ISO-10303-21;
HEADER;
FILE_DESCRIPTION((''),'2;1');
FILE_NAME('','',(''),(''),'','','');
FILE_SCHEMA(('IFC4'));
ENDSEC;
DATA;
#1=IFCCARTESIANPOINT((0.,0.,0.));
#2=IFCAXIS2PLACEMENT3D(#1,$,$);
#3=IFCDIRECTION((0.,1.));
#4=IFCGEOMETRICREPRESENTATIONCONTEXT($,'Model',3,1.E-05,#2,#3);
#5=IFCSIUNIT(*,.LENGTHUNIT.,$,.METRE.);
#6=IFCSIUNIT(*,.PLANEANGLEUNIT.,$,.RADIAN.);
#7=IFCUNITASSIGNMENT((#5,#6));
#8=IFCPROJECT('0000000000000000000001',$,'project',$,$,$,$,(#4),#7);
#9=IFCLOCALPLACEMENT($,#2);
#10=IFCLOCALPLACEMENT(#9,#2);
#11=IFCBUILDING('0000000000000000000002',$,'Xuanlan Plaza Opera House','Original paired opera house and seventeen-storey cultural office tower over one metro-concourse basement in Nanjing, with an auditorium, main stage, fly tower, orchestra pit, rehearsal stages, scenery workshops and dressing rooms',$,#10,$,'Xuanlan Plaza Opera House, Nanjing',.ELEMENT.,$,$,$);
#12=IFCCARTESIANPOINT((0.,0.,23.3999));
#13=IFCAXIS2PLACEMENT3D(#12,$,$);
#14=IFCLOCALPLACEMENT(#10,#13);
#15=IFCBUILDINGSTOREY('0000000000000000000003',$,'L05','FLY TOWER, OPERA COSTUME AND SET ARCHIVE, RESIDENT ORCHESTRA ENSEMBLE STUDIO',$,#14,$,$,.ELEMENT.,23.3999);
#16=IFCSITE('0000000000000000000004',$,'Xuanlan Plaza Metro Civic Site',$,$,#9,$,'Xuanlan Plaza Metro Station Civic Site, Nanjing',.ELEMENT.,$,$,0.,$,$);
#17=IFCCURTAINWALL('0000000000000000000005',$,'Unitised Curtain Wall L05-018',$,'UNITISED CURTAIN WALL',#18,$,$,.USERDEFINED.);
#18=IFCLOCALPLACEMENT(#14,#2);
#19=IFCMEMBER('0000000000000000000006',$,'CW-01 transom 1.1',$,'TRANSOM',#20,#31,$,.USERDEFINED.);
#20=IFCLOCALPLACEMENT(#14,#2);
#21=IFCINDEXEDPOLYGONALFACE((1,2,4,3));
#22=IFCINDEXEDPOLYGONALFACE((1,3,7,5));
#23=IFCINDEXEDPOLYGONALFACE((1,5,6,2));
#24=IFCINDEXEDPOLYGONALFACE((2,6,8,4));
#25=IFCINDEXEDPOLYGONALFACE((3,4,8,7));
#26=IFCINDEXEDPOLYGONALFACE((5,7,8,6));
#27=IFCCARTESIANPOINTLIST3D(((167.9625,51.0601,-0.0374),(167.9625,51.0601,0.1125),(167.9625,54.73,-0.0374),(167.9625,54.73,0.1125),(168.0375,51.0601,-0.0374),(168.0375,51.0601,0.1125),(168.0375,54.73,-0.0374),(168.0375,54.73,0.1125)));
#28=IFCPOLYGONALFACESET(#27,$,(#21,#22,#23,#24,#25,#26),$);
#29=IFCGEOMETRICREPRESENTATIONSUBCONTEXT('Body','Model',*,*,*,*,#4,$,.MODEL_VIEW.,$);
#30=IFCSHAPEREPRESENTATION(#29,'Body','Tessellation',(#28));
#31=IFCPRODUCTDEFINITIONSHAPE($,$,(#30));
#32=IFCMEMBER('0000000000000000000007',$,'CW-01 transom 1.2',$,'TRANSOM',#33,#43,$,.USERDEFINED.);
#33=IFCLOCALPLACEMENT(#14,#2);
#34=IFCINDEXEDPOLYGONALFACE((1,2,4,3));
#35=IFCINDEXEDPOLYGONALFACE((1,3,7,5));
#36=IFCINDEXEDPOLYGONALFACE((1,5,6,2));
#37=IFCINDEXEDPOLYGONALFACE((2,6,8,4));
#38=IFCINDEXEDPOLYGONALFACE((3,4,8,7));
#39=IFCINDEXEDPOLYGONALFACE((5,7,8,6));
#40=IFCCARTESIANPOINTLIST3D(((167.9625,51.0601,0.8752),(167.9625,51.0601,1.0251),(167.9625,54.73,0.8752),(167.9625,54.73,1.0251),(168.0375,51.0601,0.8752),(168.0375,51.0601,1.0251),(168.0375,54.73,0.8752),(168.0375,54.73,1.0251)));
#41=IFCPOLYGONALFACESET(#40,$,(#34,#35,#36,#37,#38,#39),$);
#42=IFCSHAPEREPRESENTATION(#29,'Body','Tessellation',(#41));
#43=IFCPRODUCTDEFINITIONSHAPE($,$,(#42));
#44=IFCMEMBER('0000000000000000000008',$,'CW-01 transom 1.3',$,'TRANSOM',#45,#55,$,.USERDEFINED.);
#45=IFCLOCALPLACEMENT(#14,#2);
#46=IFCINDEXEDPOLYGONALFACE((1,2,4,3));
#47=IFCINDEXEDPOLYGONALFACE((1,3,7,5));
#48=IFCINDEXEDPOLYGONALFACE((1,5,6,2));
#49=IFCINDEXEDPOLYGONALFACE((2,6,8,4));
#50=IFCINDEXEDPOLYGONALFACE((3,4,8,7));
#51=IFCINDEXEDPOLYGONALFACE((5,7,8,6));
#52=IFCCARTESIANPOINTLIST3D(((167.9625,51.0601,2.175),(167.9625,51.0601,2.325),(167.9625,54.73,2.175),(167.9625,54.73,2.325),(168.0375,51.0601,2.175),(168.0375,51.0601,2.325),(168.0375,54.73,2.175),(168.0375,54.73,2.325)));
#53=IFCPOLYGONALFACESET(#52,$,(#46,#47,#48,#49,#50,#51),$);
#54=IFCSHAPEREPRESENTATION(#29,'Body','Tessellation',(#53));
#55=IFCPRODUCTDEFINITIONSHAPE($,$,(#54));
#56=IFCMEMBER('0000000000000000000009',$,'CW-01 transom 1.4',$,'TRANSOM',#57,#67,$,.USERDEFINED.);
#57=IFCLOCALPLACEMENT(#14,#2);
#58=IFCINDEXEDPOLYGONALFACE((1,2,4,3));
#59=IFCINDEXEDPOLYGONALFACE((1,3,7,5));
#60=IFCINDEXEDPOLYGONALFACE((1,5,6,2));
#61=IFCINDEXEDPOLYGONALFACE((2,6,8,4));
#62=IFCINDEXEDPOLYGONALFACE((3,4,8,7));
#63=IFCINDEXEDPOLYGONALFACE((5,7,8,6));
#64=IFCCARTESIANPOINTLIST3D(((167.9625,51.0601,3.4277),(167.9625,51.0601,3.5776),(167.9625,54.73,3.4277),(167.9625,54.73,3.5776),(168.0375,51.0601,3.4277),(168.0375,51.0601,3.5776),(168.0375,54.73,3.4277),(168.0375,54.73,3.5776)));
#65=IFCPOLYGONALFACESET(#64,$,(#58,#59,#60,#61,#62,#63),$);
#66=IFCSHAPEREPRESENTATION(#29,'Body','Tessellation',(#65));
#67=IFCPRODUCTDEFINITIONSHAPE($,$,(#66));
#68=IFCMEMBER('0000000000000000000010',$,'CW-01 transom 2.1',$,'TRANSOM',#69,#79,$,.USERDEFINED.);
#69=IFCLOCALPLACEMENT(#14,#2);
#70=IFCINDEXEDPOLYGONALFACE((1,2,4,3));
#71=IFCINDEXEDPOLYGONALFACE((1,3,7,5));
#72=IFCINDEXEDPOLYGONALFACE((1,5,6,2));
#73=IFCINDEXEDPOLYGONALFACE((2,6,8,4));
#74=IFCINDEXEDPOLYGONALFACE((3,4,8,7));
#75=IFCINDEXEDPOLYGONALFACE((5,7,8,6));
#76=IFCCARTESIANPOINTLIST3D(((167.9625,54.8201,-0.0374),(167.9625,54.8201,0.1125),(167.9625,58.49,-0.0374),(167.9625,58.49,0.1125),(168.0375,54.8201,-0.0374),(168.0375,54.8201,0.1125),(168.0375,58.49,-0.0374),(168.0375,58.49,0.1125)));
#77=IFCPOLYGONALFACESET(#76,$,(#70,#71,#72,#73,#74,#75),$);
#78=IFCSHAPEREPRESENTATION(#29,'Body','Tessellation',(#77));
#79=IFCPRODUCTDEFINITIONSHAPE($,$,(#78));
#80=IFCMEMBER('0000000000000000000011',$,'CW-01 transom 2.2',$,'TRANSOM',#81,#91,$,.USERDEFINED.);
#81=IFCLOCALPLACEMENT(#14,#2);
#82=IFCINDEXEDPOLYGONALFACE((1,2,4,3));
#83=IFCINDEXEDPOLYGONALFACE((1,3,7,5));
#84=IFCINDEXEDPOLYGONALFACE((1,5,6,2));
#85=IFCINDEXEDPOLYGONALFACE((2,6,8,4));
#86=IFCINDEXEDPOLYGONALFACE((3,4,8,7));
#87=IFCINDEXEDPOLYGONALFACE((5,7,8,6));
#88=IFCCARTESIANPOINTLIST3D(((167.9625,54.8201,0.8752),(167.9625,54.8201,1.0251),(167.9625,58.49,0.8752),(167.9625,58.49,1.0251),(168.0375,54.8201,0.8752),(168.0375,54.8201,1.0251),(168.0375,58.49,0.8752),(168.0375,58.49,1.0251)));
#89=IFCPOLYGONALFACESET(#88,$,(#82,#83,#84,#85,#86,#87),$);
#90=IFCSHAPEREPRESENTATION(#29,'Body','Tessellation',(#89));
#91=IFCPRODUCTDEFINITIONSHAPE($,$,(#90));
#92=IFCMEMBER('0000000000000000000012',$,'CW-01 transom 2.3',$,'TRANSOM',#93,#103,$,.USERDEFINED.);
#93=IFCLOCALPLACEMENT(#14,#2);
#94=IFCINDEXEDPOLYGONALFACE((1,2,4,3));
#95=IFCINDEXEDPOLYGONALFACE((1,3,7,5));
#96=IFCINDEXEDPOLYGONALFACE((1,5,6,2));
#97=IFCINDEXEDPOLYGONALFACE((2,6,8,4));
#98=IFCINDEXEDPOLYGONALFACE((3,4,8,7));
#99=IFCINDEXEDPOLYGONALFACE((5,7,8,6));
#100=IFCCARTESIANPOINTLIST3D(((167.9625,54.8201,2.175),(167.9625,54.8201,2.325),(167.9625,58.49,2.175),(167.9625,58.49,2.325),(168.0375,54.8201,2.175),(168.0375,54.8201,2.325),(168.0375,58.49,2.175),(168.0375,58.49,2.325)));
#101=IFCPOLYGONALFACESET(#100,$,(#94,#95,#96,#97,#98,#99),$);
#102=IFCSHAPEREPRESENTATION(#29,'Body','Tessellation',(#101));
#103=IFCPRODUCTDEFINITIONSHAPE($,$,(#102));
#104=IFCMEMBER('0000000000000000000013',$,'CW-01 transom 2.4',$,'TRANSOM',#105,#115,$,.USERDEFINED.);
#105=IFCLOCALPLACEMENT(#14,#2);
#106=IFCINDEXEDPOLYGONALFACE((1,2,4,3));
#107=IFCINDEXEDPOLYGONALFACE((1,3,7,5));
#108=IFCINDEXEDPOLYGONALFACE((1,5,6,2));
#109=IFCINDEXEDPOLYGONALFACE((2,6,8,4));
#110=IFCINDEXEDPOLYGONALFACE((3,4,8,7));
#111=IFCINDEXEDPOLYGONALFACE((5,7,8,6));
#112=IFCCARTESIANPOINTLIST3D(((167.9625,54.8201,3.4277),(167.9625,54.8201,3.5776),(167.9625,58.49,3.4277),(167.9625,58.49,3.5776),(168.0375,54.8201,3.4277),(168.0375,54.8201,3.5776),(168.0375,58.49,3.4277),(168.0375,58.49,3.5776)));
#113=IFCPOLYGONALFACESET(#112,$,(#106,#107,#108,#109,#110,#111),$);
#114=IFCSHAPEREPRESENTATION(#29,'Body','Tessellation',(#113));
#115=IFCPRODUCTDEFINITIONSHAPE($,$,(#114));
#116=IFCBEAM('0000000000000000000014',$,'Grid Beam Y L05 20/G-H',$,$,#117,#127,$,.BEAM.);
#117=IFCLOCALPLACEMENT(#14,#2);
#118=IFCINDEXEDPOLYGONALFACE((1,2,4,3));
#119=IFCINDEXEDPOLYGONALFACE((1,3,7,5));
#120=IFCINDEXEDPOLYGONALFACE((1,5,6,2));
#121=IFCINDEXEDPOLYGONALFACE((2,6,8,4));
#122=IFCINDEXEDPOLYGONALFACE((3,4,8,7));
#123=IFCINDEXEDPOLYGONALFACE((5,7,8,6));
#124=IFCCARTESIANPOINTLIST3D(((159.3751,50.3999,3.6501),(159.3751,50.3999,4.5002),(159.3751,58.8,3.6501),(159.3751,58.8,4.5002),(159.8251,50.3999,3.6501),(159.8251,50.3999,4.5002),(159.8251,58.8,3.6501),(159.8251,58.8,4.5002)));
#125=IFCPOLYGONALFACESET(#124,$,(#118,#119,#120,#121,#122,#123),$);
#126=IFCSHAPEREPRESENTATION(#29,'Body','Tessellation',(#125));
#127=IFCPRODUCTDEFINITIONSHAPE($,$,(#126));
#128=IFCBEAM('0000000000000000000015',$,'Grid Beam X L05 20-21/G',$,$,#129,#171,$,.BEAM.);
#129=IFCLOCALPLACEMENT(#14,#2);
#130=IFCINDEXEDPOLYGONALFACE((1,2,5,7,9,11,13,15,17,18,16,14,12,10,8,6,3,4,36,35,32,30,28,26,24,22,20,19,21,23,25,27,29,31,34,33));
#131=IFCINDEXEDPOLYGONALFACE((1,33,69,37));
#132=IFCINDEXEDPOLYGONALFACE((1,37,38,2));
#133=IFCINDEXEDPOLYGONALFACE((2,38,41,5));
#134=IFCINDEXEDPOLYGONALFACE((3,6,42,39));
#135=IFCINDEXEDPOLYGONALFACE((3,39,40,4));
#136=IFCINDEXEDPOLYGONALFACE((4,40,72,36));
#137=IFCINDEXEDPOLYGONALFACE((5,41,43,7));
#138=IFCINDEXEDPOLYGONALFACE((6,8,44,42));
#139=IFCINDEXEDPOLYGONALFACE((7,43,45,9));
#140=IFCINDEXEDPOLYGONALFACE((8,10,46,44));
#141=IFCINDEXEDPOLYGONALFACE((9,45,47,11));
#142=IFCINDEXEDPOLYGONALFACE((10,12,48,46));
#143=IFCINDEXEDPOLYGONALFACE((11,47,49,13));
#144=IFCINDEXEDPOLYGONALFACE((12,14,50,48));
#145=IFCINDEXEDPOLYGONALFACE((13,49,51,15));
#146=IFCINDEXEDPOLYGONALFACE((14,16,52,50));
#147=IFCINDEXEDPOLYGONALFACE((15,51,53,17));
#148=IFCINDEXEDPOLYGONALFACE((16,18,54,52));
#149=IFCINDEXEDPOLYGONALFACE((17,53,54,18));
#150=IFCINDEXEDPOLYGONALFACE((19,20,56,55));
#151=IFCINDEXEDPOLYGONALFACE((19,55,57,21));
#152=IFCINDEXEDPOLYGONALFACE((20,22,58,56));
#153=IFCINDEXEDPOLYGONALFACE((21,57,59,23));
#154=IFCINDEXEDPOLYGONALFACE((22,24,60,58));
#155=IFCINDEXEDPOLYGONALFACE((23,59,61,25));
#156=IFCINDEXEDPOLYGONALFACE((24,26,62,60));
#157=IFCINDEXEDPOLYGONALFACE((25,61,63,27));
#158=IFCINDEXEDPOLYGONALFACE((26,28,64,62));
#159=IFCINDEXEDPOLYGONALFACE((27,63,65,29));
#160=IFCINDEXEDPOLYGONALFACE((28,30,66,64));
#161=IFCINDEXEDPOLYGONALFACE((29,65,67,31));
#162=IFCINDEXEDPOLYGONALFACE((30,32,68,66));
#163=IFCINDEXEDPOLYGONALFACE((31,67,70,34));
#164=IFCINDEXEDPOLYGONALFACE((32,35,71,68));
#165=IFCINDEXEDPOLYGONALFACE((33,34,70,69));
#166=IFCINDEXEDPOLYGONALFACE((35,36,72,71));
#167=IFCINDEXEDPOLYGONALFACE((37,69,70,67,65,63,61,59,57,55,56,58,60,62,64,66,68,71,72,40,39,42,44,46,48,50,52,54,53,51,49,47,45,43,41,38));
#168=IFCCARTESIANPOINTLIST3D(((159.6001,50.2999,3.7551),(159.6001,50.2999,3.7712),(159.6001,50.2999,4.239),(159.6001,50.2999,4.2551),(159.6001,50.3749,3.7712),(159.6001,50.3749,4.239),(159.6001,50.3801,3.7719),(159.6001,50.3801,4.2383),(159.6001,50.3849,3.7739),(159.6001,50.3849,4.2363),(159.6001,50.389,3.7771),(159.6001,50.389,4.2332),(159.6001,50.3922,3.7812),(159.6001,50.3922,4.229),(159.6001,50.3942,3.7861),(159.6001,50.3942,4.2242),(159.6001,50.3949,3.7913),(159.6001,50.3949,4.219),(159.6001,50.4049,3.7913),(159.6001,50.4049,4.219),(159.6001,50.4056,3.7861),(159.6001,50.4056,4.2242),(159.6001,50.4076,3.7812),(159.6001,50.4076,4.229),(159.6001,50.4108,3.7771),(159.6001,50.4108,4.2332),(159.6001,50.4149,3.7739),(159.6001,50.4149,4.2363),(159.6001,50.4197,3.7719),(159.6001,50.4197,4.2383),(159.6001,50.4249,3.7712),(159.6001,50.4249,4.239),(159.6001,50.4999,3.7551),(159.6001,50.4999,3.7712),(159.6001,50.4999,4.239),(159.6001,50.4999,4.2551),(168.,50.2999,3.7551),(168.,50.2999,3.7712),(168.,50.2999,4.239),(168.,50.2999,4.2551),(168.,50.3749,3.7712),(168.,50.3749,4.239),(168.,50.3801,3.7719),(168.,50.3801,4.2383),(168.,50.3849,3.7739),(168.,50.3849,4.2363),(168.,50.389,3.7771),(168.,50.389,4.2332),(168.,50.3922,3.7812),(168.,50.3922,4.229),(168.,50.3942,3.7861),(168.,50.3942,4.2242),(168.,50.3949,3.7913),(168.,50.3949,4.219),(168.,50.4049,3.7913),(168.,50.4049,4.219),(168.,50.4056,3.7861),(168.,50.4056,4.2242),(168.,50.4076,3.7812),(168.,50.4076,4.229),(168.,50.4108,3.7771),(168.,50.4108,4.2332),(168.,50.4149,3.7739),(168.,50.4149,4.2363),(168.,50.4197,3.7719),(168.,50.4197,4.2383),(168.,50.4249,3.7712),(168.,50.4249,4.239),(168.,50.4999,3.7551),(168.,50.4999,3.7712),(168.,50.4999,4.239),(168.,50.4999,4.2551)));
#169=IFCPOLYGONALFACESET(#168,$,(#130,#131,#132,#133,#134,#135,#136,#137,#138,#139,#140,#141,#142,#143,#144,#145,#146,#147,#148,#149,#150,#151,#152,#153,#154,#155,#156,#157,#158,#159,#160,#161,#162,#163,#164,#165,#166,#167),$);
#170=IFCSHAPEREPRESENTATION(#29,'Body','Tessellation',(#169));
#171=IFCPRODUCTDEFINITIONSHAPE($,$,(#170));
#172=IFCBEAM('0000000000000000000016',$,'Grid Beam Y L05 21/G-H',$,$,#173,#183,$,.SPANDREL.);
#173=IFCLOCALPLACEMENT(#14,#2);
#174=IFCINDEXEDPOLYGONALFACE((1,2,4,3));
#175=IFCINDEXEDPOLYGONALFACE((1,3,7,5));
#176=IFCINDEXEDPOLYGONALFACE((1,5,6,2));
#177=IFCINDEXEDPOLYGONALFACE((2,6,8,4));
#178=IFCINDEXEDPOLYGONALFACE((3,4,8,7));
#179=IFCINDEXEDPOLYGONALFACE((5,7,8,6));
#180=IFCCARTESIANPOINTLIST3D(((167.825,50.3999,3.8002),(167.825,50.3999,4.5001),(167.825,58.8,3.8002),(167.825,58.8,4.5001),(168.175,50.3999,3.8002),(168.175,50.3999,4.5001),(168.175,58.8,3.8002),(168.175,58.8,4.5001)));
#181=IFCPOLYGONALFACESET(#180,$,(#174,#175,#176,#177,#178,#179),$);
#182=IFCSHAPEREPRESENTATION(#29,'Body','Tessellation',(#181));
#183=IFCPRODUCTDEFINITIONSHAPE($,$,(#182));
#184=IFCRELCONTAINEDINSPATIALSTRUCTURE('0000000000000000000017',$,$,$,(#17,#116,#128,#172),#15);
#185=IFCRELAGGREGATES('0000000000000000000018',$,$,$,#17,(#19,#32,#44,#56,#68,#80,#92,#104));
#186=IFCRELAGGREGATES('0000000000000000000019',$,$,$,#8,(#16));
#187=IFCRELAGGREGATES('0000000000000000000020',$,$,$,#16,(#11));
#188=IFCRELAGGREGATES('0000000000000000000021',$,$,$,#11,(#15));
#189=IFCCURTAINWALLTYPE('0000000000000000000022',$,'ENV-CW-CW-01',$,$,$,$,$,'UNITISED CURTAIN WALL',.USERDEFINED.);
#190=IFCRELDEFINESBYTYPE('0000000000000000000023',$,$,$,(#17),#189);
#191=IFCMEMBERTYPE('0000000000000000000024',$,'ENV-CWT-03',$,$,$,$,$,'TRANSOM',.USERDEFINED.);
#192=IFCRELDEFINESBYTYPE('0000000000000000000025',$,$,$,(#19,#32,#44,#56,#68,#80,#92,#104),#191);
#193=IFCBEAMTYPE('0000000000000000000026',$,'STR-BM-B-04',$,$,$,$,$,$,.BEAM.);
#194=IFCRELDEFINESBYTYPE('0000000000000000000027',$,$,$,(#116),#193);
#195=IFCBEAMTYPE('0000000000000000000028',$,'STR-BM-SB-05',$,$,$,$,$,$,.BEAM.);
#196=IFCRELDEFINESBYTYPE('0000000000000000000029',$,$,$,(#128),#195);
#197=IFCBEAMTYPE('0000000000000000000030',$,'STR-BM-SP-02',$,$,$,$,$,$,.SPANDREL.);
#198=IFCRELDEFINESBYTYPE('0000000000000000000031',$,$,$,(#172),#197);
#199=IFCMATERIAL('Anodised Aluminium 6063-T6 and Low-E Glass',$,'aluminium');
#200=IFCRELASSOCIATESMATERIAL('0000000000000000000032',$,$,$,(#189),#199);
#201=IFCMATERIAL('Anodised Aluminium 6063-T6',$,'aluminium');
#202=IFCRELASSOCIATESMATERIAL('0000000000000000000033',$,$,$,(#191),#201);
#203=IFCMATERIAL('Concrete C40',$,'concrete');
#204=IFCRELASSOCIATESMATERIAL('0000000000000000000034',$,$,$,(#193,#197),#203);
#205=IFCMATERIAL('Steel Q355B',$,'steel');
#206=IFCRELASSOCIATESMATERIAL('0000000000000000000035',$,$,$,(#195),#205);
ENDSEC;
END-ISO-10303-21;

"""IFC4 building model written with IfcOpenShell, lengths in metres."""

from ifc_helpers import new_model, si_unit, direction, frame, origin, origin_2d, place, context, subcontext, project, spatial, rectangle, i_section, extrude, material, material_profile, profile_set, type_object, element, aggregate, save


model = new_model("IFC4")

# Units and contexts
model_context = context("Model", 3, precision=1e-05, world=origin(), true_north=direction((0.0, 1.0)))
body_context = subcontext(model_context, "Body", "Model", "MODEL_VIEW")
ifc_project = project(units=[si_unit("LENGTHUNIT", "METRE"), si_unit("PLANEANGLEUNIT", "RADIAN")], contexts=[model_context])

# Site, building, storey
site_placement = place(None, origin())
site = spatial("IfcSite", under=ifc_project, at=site_placement, Name="Xuanlan Plaza Metro Civic Site", LongName="Xuanlan Plaza Metro Station Civic Site, Nanjing", CompositionType="ELEMENT", RefElevation=0.0)
building_placement = place(site_placement, origin())
building = spatial("IfcBuilding", under=site, at=building_placement, Name="Xuanlan Plaza Opera House", Description="Original paired opera house and seventeen-storey cultural office tower over one metro-concourse basement in Nanjing, with an auditorium, main stage, fly tower, orchestra pit, rehearsal stages, scenery workshops and dressing rooms", LongName="Xuanlan Plaza Opera House, Nanjing", CompositionType="ELEMENT")
storey_placement = place(building_placement, frame((0.0, 0.0, 23.3999)))
storey = spatial("IfcBuildingStorey", under=building, at=storey_placement, Name="L05", Description="FLY TOWER, OPERA COSTUME AND SET ARCHIVE, RESIDENT ORCHESTRA ENSEMBLE STUDIO", CompositionType="ELEMENT", Elevation=23.3999)

# Shared definitions
ifc_material_1 = material(Name="Steel Q355B", Category="steel")

# Curtain wall
ifc_material_2 = material(Name="Anodised Aluminium 6063-T6 and Low-E Glass", Category="aluminium")
ifc_material_3 = material(Name="Anodised Aluminium 6063-T6", Category="aluminium")
curtain_wall_type_1 = type_object("IfcCurtainWallType", Name="ENV-CW-CW-01", ElementType="UNITISED CURTAIN WALL", PredefinedType="USERDEFINED", material=ifc_material_2)
curtain_wall_1_placement = place(storey_placement, origin())
curtain_wall_1 = element("IfcCurtainWall", 1, at=curtain_wall_1_placement, inside=storey, type_object=curtain_wall_type_1, Name="Unitised Curtain Wall L05-018", ObjectType="UNITISED CURTAIN WALL", PredefinedType="USERDEFINED")

# Members
ifc_material_profile_1 = material_profile(ifc_material_3, rectangle(XDim=0.075, YDim=0.1499, at=origin_2d()), Name="ALU-T 75x150")
ifc_profile_set_1 = profile_set([ifc_material_profile_1], Name="Anodised Aluminium 6063-T6")
member_type_1 = type_object("IfcMemberType", Name="ENV-CWT-03", ElementType="TRANSOM", PredefinedType="USERDEFINED", material=ifc_profile_set_1)
member_1_placement = place(storey_placement, frame((168.0, 51.0601, 0.0376), z_axis=(0.0, 1.0, 0.0), x_axis=(-1.0, 0.0, 0.0)))
member_1 = element("IfcMember", 2, at=member_1_placement, type_object=member_type_1, Name="CW-01 transom 1.1", ObjectType="TRANSOM", PredefinedType="USERDEFINED", context=body_context, shape_type="SweptSolid", body=[
    extrude(rectangle(XDim=0.075, YDim=0.1499, at=origin_2d()), origin(), (0.0, 0.0, 1.0), 3.6699),
])
member_2_placement = place(storey_placement, frame((168.0, 51.0601, 0.9502), z_axis=(0.0, 1.0, 0.0), x_axis=(-1.0, 0.0, 0.0)))
member_2 = element("IfcMember", 3, at=member_2_placement, type_object=member_type_1, Name="CW-01 transom 1.2", ObjectType="TRANSOM", PredefinedType="USERDEFINED", context=body_context, shape_type="SweptSolid", body=[
    extrude(rectangle(XDim=0.075, YDim=0.1499, at=origin_2d()), origin(), (0.0, 0.0, 1.0), 3.6699),
])
member_3_placement = place(storey_placement, frame((168.0, 51.0601, 2.25), z_axis=(0.0, 1.0, 0.0), x_axis=(-1.0, 0.0, 0.0)))
member_3 = element("IfcMember", 4, at=member_3_placement, type_object=member_type_1, Name="CW-01 transom 1.3", ObjectType="TRANSOM", PredefinedType="USERDEFINED", context=body_context, shape_type="SweptSolid", body=[
    extrude(rectangle(XDim=0.075, YDim=0.1499, at=origin_2d()), origin(), (0.0, 0.0, 1.0), 3.6699),
])
member_4_placement = place(storey_placement, frame((168.0, 51.0601, 3.5027), z_axis=(0.0, 1.0, 0.0), x_axis=(-1.0, 0.0, 0.0)))
member_4 = element("IfcMember", 5, at=member_4_placement, type_object=member_type_1, Name="CW-01 transom 1.4", ObjectType="TRANSOM", PredefinedType="USERDEFINED", context=body_context, shape_type="SweptSolid", body=[
    extrude(rectangle(XDim=0.075, YDim=0.1499, at=origin_2d()), origin(), (0.0, 0.0, 1.0), 3.6699),
])
member_5_placement = place(storey_placement, frame((168.0, 54.8201, 0.0376), z_axis=(0.0, 1.0, 0.0), x_axis=(-1.0, 0.0, 0.0)))
member_5 = element("IfcMember", 6, at=member_5_placement, type_object=member_type_1, Name="CW-01 transom 2.1", ObjectType="TRANSOM", PredefinedType="USERDEFINED", context=body_context, shape_type="SweptSolid", body=[
    extrude(rectangle(XDim=0.075, YDim=0.1499, at=origin_2d()), origin(), (0.0, 0.0, 1.0), 3.6699),
])
member_6_placement = place(storey_placement, frame((168.0, 54.8201, 0.9502), z_axis=(0.0, 1.0, 0.0), x_axis=(-1.0, 0.0, 0.0)))
member_6 = element("IfcMember", 7, at=member_6_placement, type_object=member_type_1, Name="CW-01 transom 2.2", ObjectType="TRANSOM", PredefinedType="USERDEFINED", context=body_context, shape_type="SweptSolid", body=[
    extrude(rectangle(XDim=0.075, YDim=0.1499, at=origin_2d()), origin(), (0.0, 0.0, 1.0), 3.6699),
])
member_7_placement = place(storey_placement, frame((168.0, 54.8201, 2.25), z_axis=(0.0, 1.0, 0.0), x_axis=(-1.0, 0.0, 0.0)))
member_7 = element("IfcMember", 8, at=member_7_placement, type_object=member_type_1, Name="CW-01 transom 2.3", ObjectType="TRANSOM", PredefinedType="USERDEFINED", context=body_context, shape_type="SweptSolid", body=[
    extrude(rectangle(XDim=0.075, YDim=0.1499, at=origin_2d()), origin(), (0.0, 0.0, 1.0), 3.6699),
])
member_8_placement = place(storey_placement, frame((168.0, 54.8201, 3.5027), z_axis=(0.0, 1.0, 0.0), x_axis=(-1.0, 0.0, 0.0)))
member_8 = element("IfcMember", 9, at=member_8_placement, type_object=member_type_1, Name="CW-01 transom 2.4", ObjectType="TRANSOM", PredefinedType="USERDEFINED", context=body_context, shape_type="SweptSolid", body=[
    extrude(rectangle(XDim=0.075, YDim=0.1499, at=origin_2d()), origin(), (0.0, 0.0, 1.0), 3.6699),
])

# Beams
ifc_material_4 = material(Name="Concrete C40", Category="concrete")
ifc_material_profile_2 = material_profile(ifc_material_4, rectangle(XDim=0.45, YDim=0.8501, at=origin_2d()), Name="RC-BM 450x850")
ifc_profile_set_2 = profile_set([ifc_material_profile_2], Name="Concrete C40")
beam_type_1 = type_object("IfcBeamType", Name="STR-BM-B-04", PredefinedType="BEAM", material=ifc_profile_set_2)
beam_1_placement = place(storey_placement, frame((159.6001, 50.3999, 4.0752), z_axis=(0.0, 1.0, 0.0), x_axis=(-1.0, 0.0, 0.0)))
element("IfcBeam", 10, at=beam_1_placement, inside=storey, type_object=beam_type_1, Name="Grid Beam Y L05 20/G-H", PredefinedType="BEAM", context=body_context, shape_type="SweptSolid", body=[
    extrude(rectangle(XDim=0.45, YDim=0.8501, at=origin_2d()), origin(), (0.0, 0.0, 1.0), 8.4001),
])
ifc_material_profile_3 = material_profile(ifc_material_1, i_section(OverallWidth=0.2, OverallDepth=0.5, WebThickness=0.01, FlangeThickness=0.0161, FilletRadius=0.02, at=origin_2d()), Name="HN 500x200x10x16")
ifc_profile_set_3 = profile_set([ifc_material_profile_3], Name="Steel Q355B")
beam_type_2 = type_object("IfcBeamType", Name="STR-BM-SB-05", PredefinedType="BEAM", material=ifc_profile_set_3)
beam_2_placement = place(storey_placement, frame((159.6001, 50.3999, 4.0051), z_axis=(1.0, 0.0, 0.0), x_axis=(0.0, 1.0, 0.0)))
element("IfcBeam", 11, at=beam_2_placement, inside=storey, type_object=beam_type_2, Name="Grid Beam X L05 20-21/G", PredefinedType="BEAM", context=body_context, shape_type="SweptSolid", body=[
    extrude(i_section(OverallWidth=0.2, OverallDepth=0.5, WebThickness=0.01, FlangeThickness=0.0161, FilletRadius=0.02, at=origin_2d()), origin(), (0.0, 0.0, 1.0), 8.3999),
])
ifc_material_profile_4 = material_profile(ifc_material_4, rectangle(XDim=0.3501, YDim=0.7, at=origin_2d()), Name="RC-SPD 350x700")
ifc_profile_set_4 = profile_set([ifc_material_profile_4], Name="Concrete C40")
beam_type_3 = type_object("IfcBeamType", Name="STR-BM-SP-02", PredefinedType="SPANDREL", material=ifc_profile_set_4)
beam_3_placement = place(storey_placement, frame((168.0, 50.3999, 4.1501), z_axis=(0.0, 1.0, 0.0), x_axis=(-1.0, 0.0, 0.0)))
element("IfcBeam", 12, at=beam_3_placement, inside=storey, type_object=beam_type_3, Name="Grid Beam Y L05 21/G-H", PredefinedType="SPANDREL", context=body_context, shape_type="SweptSolid", body=[
    extrude(rectangle(XDim=0.3501, YDim=0.7, at=origin_2d()), origin(), (0.0, 0.0, 1.0), 8.4001),
])

aggregate(curtain_wall_1, [member_1, member_2, member_3, member_4, member_5, member_6, member_7, member_8])

save(model, "model.ifc")
